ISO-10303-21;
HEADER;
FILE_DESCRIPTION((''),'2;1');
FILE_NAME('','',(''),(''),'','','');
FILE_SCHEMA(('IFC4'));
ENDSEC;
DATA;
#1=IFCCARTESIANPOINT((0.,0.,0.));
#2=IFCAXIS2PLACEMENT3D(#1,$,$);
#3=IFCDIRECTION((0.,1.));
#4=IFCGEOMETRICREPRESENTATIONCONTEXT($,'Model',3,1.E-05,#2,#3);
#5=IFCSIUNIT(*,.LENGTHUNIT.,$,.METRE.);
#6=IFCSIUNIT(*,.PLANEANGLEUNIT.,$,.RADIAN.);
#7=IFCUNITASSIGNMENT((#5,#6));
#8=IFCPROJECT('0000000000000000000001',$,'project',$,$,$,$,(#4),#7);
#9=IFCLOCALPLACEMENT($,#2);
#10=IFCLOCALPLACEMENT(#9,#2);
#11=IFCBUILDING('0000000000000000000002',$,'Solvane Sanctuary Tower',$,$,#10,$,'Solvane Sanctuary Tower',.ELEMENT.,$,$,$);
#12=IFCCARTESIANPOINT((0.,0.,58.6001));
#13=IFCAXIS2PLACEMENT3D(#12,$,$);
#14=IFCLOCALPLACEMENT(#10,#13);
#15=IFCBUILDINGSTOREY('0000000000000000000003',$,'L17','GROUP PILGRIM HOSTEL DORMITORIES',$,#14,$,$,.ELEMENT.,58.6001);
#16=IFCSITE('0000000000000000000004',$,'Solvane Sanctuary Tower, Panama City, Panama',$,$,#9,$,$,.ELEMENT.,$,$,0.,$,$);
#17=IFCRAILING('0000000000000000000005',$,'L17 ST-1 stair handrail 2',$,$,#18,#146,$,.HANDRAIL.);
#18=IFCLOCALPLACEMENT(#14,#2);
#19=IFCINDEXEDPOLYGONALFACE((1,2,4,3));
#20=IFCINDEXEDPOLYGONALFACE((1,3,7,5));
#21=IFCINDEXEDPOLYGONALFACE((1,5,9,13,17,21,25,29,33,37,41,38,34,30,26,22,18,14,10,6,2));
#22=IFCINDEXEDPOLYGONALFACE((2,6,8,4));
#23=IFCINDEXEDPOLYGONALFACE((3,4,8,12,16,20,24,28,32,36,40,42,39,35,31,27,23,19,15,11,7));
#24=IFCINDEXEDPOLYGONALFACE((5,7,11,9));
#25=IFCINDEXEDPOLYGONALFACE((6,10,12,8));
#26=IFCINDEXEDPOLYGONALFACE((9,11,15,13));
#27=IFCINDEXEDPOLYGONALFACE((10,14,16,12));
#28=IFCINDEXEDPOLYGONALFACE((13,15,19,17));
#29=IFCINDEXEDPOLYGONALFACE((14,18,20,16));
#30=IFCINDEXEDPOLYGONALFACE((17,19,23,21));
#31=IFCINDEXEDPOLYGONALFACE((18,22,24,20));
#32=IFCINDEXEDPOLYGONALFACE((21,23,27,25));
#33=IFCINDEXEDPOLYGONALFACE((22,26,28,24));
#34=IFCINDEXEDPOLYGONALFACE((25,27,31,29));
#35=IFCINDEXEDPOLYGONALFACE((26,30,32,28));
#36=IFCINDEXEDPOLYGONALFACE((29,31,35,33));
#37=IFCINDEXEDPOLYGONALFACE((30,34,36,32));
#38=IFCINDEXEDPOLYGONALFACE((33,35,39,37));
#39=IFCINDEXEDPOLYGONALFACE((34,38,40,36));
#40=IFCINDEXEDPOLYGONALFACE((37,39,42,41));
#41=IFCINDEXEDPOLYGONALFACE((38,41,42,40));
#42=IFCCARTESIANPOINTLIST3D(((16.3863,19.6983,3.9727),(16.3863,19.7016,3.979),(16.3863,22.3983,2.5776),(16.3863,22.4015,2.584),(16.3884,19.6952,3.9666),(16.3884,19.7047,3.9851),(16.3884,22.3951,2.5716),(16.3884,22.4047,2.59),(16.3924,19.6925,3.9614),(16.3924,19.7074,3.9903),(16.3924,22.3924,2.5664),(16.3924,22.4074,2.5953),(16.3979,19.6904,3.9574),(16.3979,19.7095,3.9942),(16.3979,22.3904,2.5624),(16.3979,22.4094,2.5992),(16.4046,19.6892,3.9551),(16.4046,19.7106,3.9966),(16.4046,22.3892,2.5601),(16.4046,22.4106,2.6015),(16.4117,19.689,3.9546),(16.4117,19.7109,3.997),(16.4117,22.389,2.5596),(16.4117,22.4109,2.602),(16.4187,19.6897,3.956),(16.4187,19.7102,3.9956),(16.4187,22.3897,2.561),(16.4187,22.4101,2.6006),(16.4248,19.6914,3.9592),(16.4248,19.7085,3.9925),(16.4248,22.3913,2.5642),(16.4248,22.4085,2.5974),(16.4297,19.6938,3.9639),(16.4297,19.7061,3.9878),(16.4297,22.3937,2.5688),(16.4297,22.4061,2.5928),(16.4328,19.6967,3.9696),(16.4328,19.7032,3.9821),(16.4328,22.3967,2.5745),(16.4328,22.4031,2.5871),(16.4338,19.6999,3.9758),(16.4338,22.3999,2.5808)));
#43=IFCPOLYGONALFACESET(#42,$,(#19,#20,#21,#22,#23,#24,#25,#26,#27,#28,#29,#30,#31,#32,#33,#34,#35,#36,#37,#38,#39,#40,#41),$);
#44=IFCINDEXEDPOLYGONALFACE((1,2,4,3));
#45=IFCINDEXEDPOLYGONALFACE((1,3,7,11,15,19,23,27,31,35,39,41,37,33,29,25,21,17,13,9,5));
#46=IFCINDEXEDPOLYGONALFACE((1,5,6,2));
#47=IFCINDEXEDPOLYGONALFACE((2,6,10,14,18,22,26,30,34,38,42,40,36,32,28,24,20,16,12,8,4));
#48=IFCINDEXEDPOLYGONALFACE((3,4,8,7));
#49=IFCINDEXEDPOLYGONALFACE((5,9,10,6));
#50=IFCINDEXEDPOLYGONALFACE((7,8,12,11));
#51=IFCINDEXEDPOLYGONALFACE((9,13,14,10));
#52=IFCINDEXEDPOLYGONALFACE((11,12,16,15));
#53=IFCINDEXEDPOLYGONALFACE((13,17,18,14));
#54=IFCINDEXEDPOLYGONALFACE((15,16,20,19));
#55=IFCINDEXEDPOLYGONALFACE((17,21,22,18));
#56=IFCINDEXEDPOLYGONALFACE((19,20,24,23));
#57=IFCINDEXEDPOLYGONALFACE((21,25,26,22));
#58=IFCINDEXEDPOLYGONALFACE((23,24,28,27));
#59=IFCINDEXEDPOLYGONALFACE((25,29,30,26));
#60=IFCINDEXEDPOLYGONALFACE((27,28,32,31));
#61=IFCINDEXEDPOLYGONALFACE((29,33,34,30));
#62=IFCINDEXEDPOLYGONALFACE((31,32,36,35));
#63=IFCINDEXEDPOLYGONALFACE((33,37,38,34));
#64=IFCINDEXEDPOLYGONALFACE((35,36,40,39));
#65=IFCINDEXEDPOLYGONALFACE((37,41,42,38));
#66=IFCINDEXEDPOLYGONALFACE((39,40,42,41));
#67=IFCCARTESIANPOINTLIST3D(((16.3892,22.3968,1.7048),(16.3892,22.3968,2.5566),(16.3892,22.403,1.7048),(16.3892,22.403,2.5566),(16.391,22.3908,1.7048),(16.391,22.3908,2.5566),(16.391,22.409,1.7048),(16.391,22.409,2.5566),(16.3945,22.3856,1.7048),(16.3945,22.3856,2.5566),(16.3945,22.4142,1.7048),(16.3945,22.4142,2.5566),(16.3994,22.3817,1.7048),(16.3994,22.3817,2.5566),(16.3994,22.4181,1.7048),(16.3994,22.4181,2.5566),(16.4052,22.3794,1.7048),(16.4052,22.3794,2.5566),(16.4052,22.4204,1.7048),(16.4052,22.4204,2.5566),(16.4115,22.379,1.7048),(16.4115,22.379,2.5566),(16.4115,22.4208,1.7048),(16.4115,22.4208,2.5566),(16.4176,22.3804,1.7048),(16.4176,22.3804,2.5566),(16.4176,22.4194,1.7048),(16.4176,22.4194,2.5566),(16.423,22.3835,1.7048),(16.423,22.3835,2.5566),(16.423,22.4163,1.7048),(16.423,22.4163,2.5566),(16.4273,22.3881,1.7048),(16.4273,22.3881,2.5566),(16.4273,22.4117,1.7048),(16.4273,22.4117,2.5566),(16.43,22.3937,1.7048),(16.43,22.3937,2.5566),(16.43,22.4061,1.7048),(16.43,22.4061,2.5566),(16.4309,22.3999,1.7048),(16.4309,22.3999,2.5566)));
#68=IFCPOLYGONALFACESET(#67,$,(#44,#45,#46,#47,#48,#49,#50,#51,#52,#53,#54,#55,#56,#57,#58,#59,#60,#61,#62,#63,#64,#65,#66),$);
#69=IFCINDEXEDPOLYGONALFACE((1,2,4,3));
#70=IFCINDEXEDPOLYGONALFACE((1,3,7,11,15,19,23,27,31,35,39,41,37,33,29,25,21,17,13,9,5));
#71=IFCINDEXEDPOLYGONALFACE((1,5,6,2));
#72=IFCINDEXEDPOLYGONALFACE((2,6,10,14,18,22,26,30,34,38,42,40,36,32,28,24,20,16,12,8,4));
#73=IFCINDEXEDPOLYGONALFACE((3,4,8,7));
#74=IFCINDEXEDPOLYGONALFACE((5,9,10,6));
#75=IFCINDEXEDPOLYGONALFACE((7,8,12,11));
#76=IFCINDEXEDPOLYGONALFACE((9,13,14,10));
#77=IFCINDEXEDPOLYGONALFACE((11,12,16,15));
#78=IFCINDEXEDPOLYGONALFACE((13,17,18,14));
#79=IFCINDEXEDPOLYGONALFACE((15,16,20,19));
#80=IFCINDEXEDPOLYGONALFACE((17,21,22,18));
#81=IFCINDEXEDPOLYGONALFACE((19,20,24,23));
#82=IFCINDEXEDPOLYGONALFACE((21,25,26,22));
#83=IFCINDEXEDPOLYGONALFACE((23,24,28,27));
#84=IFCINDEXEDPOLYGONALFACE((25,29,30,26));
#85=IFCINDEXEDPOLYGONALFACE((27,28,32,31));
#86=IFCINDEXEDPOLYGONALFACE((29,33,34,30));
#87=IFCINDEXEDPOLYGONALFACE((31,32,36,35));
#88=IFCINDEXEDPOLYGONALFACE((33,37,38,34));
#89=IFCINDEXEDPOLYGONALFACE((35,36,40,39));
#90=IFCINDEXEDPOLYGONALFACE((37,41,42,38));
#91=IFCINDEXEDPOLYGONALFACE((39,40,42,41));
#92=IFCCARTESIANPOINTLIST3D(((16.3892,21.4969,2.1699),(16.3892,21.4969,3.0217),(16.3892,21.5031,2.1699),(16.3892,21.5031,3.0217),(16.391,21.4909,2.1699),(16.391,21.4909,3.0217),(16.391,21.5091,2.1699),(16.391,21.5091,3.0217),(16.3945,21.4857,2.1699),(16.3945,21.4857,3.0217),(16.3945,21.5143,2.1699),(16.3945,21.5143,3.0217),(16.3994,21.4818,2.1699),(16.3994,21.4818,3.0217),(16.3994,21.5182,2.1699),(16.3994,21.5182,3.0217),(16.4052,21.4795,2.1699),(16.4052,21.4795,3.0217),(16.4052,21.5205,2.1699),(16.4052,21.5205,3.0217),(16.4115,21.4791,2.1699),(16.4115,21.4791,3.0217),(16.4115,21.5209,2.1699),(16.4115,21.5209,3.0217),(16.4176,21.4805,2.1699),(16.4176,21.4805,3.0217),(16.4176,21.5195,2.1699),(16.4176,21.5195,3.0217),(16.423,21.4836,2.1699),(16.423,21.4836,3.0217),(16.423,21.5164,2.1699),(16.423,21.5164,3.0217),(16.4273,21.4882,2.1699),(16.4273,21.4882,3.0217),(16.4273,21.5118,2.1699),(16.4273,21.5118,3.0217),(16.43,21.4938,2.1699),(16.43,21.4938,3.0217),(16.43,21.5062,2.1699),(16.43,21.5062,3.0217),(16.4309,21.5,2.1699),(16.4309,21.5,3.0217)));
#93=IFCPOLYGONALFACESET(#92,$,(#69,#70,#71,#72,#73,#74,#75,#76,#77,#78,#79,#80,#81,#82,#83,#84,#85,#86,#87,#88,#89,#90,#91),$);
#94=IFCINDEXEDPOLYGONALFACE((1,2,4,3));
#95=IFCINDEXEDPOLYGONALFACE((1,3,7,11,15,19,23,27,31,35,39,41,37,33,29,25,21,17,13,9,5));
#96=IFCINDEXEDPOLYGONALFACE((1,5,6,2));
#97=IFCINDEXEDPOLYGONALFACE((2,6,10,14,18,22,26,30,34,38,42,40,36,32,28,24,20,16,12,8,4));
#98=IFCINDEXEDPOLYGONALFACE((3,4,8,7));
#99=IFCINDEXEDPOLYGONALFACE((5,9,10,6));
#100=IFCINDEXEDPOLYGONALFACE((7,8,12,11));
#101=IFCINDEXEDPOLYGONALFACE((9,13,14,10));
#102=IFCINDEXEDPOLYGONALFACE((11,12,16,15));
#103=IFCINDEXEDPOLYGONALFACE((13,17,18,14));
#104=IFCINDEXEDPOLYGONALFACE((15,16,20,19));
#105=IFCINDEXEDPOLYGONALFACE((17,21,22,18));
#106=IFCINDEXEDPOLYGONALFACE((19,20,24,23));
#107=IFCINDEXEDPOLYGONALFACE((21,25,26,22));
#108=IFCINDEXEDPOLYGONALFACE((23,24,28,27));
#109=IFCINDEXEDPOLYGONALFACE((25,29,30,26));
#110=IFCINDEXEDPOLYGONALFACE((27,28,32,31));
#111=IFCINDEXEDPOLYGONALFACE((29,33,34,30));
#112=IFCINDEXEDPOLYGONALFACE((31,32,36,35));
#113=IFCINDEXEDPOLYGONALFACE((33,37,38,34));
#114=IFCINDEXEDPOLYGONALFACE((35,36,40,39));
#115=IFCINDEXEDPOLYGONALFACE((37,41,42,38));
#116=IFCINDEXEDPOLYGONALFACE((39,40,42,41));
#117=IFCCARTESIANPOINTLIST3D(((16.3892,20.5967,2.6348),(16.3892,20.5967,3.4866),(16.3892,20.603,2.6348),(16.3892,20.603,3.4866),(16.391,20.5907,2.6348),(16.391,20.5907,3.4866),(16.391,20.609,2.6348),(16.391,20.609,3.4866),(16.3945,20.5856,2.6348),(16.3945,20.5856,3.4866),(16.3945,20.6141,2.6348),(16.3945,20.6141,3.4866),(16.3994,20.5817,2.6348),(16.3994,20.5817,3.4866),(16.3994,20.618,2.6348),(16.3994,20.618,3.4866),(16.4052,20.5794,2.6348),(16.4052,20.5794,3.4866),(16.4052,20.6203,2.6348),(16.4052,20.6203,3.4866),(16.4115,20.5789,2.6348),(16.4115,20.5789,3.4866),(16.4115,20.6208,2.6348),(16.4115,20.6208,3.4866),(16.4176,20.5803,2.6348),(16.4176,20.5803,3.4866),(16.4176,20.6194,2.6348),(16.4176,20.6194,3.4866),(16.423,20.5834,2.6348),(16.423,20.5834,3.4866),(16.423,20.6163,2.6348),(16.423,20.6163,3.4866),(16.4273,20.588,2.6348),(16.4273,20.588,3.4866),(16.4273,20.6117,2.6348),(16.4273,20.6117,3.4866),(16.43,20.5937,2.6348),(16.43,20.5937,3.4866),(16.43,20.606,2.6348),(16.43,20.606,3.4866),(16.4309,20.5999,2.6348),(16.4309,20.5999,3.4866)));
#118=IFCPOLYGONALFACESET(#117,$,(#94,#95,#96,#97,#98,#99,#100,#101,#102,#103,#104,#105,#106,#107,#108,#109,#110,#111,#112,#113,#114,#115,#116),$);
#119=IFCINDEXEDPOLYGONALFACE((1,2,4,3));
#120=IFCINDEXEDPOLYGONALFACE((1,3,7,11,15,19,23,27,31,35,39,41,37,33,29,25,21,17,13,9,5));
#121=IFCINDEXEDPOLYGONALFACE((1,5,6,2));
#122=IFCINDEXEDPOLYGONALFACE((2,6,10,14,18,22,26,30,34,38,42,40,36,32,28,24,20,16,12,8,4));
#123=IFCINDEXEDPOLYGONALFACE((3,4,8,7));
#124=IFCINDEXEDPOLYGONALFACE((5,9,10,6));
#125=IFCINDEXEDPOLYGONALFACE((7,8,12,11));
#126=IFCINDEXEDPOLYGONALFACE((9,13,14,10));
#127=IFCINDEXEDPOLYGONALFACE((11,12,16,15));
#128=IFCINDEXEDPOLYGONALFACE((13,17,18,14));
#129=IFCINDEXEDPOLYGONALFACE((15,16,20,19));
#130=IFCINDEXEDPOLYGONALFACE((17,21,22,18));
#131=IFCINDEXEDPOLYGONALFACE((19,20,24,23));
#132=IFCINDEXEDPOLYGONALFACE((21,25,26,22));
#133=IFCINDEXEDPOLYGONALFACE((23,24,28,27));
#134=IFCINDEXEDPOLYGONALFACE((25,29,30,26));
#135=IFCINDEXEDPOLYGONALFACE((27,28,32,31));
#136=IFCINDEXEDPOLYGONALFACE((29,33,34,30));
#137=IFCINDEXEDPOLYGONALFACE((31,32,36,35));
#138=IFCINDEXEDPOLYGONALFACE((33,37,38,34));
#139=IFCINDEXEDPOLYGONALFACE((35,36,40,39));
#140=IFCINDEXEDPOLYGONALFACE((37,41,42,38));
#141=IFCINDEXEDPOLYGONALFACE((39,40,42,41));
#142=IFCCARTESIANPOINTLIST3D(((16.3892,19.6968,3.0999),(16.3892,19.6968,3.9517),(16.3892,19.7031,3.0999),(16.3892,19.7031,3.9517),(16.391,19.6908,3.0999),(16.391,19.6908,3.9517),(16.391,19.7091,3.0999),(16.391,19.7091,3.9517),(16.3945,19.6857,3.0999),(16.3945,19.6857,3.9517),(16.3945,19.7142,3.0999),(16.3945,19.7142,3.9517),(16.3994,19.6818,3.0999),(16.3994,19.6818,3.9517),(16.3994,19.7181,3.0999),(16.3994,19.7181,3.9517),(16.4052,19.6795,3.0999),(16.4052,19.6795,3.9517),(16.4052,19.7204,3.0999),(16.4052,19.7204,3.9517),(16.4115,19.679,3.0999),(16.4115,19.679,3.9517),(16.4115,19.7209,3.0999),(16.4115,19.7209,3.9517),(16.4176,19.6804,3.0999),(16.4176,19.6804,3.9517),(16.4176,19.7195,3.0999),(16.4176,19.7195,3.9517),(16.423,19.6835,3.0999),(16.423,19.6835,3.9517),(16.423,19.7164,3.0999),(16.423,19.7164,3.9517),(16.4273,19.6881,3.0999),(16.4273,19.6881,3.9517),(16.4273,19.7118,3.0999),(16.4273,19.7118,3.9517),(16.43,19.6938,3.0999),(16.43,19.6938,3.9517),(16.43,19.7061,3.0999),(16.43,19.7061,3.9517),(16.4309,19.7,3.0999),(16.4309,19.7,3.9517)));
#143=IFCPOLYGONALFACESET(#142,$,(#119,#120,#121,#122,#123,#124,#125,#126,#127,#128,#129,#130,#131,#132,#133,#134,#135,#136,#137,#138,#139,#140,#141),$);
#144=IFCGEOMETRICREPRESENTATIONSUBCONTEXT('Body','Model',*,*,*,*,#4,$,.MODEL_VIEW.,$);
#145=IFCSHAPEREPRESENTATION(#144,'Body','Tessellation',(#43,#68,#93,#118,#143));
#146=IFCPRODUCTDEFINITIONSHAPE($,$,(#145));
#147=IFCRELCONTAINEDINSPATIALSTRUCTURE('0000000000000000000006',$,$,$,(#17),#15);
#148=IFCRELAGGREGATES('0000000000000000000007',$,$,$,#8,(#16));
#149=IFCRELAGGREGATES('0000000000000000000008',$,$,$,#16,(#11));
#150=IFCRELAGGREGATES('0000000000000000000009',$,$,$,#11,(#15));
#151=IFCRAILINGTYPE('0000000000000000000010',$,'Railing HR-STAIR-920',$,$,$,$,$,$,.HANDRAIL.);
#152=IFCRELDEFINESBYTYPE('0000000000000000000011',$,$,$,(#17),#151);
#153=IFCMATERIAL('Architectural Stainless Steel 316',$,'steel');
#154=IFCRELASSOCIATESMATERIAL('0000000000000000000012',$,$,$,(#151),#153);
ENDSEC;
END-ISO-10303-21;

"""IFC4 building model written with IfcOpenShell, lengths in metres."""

from ifc_helpers import new_model, si_unit, direction, frame, origin, origin_2d, place, context, subcontext, project, spatial, circle, extrude, material, type_object, element, save


model = new_model("IFC4")

# Units and contexts
model_context = context("Model", 3, precision=1e-05, world=origin(), true_north=direction((0.0, 1.0)))
body_context = subcontext(model_context, "Body", "Model", "MODEL_VIEW")
ifc_project = project(units=[si_unit("LENGTHUNIT", "METRE"), si_unit("PLANEANGLEUNIT", "RADIAN")], contexts=[model_context])

# Site, building, storey
site_placement = place(None, origin())
site = spatial("IfcSite", under=ifc_project, at=site_placement, Name="Solvane Sanctuary Tower, Panama City, Panama", CompositionType="ELEMENT", RefElevation=0.0)
building_placement = place(site_placement, origin())
building = spatial("IfcBuilding", under=site, at=building_placement, Name="Solvane Sanctuary Tower", LongName="Solvane Sanctuary Tower", CompositionType="ELEMENT")
storey_placement = place(building_placement, frame((0.0, 0.0, 58.6001)))
storey = spatial("IfcBuildingStorey", under=building, at=storey_placement, Name="L17", Description="GROUP PILGRIM HOSTEL DORMITORIES", CompositionType="ELEMENT", Elevation=58.6001)

# Railing
ifc_material_1 = material(Name="Architectural Stainless Steel 316", Category="steel")
railing_type_1 = type_object("IfcRailingType", Name="Railing HR-STAIR-920", PredefinedType="HANDRAIL", material=ifc_material_1)
railing_1_placement = place(storey_placement, frame((16.4099, 22.3999, 1.7048)))
element("IfcRailing", 1, at=railing_1_placement, inside=storey, type_object=railing_type_1, Name="L17 ST-1 stair handrail 2", PredefinedType="HANDRAIL", context=body_context, shape_type="SweptSolid", body=[
    extrude(circle(Radius=0.0239, at=origin_2d()), frame((0.0, 0.0, 0.876), z_axis=(0.0, -0.88842, 0.459032), x_axis=(1.0, 0.0, 0.0)), (0.0, 0.0, 1.0), 3.0391),
    extrude(circle(Radius=0.021, at=origin_2d()), origin(), (0.0, 0.0, 1.0), 0.8518),
    extrude(circle(Radius=0.021, at=origin_2d()), frame((0.0, -0.8999, 0.4651)), (0.0, 0.0, 1.0), 0.8518),
    extrude(circle(Radius=0.021, at=origin_2d()), frame((0.0, -1.8, 0.9299)), (0.0, 0.0, 1.0), 0.8518),
    extrude(circle(Radius=0.021, at=origin_2d()), frame((0.0, -2.7, 1.395)), (0.0, 0.0, 1.0), 0.8518),
])

save(model, "model.ifc")
